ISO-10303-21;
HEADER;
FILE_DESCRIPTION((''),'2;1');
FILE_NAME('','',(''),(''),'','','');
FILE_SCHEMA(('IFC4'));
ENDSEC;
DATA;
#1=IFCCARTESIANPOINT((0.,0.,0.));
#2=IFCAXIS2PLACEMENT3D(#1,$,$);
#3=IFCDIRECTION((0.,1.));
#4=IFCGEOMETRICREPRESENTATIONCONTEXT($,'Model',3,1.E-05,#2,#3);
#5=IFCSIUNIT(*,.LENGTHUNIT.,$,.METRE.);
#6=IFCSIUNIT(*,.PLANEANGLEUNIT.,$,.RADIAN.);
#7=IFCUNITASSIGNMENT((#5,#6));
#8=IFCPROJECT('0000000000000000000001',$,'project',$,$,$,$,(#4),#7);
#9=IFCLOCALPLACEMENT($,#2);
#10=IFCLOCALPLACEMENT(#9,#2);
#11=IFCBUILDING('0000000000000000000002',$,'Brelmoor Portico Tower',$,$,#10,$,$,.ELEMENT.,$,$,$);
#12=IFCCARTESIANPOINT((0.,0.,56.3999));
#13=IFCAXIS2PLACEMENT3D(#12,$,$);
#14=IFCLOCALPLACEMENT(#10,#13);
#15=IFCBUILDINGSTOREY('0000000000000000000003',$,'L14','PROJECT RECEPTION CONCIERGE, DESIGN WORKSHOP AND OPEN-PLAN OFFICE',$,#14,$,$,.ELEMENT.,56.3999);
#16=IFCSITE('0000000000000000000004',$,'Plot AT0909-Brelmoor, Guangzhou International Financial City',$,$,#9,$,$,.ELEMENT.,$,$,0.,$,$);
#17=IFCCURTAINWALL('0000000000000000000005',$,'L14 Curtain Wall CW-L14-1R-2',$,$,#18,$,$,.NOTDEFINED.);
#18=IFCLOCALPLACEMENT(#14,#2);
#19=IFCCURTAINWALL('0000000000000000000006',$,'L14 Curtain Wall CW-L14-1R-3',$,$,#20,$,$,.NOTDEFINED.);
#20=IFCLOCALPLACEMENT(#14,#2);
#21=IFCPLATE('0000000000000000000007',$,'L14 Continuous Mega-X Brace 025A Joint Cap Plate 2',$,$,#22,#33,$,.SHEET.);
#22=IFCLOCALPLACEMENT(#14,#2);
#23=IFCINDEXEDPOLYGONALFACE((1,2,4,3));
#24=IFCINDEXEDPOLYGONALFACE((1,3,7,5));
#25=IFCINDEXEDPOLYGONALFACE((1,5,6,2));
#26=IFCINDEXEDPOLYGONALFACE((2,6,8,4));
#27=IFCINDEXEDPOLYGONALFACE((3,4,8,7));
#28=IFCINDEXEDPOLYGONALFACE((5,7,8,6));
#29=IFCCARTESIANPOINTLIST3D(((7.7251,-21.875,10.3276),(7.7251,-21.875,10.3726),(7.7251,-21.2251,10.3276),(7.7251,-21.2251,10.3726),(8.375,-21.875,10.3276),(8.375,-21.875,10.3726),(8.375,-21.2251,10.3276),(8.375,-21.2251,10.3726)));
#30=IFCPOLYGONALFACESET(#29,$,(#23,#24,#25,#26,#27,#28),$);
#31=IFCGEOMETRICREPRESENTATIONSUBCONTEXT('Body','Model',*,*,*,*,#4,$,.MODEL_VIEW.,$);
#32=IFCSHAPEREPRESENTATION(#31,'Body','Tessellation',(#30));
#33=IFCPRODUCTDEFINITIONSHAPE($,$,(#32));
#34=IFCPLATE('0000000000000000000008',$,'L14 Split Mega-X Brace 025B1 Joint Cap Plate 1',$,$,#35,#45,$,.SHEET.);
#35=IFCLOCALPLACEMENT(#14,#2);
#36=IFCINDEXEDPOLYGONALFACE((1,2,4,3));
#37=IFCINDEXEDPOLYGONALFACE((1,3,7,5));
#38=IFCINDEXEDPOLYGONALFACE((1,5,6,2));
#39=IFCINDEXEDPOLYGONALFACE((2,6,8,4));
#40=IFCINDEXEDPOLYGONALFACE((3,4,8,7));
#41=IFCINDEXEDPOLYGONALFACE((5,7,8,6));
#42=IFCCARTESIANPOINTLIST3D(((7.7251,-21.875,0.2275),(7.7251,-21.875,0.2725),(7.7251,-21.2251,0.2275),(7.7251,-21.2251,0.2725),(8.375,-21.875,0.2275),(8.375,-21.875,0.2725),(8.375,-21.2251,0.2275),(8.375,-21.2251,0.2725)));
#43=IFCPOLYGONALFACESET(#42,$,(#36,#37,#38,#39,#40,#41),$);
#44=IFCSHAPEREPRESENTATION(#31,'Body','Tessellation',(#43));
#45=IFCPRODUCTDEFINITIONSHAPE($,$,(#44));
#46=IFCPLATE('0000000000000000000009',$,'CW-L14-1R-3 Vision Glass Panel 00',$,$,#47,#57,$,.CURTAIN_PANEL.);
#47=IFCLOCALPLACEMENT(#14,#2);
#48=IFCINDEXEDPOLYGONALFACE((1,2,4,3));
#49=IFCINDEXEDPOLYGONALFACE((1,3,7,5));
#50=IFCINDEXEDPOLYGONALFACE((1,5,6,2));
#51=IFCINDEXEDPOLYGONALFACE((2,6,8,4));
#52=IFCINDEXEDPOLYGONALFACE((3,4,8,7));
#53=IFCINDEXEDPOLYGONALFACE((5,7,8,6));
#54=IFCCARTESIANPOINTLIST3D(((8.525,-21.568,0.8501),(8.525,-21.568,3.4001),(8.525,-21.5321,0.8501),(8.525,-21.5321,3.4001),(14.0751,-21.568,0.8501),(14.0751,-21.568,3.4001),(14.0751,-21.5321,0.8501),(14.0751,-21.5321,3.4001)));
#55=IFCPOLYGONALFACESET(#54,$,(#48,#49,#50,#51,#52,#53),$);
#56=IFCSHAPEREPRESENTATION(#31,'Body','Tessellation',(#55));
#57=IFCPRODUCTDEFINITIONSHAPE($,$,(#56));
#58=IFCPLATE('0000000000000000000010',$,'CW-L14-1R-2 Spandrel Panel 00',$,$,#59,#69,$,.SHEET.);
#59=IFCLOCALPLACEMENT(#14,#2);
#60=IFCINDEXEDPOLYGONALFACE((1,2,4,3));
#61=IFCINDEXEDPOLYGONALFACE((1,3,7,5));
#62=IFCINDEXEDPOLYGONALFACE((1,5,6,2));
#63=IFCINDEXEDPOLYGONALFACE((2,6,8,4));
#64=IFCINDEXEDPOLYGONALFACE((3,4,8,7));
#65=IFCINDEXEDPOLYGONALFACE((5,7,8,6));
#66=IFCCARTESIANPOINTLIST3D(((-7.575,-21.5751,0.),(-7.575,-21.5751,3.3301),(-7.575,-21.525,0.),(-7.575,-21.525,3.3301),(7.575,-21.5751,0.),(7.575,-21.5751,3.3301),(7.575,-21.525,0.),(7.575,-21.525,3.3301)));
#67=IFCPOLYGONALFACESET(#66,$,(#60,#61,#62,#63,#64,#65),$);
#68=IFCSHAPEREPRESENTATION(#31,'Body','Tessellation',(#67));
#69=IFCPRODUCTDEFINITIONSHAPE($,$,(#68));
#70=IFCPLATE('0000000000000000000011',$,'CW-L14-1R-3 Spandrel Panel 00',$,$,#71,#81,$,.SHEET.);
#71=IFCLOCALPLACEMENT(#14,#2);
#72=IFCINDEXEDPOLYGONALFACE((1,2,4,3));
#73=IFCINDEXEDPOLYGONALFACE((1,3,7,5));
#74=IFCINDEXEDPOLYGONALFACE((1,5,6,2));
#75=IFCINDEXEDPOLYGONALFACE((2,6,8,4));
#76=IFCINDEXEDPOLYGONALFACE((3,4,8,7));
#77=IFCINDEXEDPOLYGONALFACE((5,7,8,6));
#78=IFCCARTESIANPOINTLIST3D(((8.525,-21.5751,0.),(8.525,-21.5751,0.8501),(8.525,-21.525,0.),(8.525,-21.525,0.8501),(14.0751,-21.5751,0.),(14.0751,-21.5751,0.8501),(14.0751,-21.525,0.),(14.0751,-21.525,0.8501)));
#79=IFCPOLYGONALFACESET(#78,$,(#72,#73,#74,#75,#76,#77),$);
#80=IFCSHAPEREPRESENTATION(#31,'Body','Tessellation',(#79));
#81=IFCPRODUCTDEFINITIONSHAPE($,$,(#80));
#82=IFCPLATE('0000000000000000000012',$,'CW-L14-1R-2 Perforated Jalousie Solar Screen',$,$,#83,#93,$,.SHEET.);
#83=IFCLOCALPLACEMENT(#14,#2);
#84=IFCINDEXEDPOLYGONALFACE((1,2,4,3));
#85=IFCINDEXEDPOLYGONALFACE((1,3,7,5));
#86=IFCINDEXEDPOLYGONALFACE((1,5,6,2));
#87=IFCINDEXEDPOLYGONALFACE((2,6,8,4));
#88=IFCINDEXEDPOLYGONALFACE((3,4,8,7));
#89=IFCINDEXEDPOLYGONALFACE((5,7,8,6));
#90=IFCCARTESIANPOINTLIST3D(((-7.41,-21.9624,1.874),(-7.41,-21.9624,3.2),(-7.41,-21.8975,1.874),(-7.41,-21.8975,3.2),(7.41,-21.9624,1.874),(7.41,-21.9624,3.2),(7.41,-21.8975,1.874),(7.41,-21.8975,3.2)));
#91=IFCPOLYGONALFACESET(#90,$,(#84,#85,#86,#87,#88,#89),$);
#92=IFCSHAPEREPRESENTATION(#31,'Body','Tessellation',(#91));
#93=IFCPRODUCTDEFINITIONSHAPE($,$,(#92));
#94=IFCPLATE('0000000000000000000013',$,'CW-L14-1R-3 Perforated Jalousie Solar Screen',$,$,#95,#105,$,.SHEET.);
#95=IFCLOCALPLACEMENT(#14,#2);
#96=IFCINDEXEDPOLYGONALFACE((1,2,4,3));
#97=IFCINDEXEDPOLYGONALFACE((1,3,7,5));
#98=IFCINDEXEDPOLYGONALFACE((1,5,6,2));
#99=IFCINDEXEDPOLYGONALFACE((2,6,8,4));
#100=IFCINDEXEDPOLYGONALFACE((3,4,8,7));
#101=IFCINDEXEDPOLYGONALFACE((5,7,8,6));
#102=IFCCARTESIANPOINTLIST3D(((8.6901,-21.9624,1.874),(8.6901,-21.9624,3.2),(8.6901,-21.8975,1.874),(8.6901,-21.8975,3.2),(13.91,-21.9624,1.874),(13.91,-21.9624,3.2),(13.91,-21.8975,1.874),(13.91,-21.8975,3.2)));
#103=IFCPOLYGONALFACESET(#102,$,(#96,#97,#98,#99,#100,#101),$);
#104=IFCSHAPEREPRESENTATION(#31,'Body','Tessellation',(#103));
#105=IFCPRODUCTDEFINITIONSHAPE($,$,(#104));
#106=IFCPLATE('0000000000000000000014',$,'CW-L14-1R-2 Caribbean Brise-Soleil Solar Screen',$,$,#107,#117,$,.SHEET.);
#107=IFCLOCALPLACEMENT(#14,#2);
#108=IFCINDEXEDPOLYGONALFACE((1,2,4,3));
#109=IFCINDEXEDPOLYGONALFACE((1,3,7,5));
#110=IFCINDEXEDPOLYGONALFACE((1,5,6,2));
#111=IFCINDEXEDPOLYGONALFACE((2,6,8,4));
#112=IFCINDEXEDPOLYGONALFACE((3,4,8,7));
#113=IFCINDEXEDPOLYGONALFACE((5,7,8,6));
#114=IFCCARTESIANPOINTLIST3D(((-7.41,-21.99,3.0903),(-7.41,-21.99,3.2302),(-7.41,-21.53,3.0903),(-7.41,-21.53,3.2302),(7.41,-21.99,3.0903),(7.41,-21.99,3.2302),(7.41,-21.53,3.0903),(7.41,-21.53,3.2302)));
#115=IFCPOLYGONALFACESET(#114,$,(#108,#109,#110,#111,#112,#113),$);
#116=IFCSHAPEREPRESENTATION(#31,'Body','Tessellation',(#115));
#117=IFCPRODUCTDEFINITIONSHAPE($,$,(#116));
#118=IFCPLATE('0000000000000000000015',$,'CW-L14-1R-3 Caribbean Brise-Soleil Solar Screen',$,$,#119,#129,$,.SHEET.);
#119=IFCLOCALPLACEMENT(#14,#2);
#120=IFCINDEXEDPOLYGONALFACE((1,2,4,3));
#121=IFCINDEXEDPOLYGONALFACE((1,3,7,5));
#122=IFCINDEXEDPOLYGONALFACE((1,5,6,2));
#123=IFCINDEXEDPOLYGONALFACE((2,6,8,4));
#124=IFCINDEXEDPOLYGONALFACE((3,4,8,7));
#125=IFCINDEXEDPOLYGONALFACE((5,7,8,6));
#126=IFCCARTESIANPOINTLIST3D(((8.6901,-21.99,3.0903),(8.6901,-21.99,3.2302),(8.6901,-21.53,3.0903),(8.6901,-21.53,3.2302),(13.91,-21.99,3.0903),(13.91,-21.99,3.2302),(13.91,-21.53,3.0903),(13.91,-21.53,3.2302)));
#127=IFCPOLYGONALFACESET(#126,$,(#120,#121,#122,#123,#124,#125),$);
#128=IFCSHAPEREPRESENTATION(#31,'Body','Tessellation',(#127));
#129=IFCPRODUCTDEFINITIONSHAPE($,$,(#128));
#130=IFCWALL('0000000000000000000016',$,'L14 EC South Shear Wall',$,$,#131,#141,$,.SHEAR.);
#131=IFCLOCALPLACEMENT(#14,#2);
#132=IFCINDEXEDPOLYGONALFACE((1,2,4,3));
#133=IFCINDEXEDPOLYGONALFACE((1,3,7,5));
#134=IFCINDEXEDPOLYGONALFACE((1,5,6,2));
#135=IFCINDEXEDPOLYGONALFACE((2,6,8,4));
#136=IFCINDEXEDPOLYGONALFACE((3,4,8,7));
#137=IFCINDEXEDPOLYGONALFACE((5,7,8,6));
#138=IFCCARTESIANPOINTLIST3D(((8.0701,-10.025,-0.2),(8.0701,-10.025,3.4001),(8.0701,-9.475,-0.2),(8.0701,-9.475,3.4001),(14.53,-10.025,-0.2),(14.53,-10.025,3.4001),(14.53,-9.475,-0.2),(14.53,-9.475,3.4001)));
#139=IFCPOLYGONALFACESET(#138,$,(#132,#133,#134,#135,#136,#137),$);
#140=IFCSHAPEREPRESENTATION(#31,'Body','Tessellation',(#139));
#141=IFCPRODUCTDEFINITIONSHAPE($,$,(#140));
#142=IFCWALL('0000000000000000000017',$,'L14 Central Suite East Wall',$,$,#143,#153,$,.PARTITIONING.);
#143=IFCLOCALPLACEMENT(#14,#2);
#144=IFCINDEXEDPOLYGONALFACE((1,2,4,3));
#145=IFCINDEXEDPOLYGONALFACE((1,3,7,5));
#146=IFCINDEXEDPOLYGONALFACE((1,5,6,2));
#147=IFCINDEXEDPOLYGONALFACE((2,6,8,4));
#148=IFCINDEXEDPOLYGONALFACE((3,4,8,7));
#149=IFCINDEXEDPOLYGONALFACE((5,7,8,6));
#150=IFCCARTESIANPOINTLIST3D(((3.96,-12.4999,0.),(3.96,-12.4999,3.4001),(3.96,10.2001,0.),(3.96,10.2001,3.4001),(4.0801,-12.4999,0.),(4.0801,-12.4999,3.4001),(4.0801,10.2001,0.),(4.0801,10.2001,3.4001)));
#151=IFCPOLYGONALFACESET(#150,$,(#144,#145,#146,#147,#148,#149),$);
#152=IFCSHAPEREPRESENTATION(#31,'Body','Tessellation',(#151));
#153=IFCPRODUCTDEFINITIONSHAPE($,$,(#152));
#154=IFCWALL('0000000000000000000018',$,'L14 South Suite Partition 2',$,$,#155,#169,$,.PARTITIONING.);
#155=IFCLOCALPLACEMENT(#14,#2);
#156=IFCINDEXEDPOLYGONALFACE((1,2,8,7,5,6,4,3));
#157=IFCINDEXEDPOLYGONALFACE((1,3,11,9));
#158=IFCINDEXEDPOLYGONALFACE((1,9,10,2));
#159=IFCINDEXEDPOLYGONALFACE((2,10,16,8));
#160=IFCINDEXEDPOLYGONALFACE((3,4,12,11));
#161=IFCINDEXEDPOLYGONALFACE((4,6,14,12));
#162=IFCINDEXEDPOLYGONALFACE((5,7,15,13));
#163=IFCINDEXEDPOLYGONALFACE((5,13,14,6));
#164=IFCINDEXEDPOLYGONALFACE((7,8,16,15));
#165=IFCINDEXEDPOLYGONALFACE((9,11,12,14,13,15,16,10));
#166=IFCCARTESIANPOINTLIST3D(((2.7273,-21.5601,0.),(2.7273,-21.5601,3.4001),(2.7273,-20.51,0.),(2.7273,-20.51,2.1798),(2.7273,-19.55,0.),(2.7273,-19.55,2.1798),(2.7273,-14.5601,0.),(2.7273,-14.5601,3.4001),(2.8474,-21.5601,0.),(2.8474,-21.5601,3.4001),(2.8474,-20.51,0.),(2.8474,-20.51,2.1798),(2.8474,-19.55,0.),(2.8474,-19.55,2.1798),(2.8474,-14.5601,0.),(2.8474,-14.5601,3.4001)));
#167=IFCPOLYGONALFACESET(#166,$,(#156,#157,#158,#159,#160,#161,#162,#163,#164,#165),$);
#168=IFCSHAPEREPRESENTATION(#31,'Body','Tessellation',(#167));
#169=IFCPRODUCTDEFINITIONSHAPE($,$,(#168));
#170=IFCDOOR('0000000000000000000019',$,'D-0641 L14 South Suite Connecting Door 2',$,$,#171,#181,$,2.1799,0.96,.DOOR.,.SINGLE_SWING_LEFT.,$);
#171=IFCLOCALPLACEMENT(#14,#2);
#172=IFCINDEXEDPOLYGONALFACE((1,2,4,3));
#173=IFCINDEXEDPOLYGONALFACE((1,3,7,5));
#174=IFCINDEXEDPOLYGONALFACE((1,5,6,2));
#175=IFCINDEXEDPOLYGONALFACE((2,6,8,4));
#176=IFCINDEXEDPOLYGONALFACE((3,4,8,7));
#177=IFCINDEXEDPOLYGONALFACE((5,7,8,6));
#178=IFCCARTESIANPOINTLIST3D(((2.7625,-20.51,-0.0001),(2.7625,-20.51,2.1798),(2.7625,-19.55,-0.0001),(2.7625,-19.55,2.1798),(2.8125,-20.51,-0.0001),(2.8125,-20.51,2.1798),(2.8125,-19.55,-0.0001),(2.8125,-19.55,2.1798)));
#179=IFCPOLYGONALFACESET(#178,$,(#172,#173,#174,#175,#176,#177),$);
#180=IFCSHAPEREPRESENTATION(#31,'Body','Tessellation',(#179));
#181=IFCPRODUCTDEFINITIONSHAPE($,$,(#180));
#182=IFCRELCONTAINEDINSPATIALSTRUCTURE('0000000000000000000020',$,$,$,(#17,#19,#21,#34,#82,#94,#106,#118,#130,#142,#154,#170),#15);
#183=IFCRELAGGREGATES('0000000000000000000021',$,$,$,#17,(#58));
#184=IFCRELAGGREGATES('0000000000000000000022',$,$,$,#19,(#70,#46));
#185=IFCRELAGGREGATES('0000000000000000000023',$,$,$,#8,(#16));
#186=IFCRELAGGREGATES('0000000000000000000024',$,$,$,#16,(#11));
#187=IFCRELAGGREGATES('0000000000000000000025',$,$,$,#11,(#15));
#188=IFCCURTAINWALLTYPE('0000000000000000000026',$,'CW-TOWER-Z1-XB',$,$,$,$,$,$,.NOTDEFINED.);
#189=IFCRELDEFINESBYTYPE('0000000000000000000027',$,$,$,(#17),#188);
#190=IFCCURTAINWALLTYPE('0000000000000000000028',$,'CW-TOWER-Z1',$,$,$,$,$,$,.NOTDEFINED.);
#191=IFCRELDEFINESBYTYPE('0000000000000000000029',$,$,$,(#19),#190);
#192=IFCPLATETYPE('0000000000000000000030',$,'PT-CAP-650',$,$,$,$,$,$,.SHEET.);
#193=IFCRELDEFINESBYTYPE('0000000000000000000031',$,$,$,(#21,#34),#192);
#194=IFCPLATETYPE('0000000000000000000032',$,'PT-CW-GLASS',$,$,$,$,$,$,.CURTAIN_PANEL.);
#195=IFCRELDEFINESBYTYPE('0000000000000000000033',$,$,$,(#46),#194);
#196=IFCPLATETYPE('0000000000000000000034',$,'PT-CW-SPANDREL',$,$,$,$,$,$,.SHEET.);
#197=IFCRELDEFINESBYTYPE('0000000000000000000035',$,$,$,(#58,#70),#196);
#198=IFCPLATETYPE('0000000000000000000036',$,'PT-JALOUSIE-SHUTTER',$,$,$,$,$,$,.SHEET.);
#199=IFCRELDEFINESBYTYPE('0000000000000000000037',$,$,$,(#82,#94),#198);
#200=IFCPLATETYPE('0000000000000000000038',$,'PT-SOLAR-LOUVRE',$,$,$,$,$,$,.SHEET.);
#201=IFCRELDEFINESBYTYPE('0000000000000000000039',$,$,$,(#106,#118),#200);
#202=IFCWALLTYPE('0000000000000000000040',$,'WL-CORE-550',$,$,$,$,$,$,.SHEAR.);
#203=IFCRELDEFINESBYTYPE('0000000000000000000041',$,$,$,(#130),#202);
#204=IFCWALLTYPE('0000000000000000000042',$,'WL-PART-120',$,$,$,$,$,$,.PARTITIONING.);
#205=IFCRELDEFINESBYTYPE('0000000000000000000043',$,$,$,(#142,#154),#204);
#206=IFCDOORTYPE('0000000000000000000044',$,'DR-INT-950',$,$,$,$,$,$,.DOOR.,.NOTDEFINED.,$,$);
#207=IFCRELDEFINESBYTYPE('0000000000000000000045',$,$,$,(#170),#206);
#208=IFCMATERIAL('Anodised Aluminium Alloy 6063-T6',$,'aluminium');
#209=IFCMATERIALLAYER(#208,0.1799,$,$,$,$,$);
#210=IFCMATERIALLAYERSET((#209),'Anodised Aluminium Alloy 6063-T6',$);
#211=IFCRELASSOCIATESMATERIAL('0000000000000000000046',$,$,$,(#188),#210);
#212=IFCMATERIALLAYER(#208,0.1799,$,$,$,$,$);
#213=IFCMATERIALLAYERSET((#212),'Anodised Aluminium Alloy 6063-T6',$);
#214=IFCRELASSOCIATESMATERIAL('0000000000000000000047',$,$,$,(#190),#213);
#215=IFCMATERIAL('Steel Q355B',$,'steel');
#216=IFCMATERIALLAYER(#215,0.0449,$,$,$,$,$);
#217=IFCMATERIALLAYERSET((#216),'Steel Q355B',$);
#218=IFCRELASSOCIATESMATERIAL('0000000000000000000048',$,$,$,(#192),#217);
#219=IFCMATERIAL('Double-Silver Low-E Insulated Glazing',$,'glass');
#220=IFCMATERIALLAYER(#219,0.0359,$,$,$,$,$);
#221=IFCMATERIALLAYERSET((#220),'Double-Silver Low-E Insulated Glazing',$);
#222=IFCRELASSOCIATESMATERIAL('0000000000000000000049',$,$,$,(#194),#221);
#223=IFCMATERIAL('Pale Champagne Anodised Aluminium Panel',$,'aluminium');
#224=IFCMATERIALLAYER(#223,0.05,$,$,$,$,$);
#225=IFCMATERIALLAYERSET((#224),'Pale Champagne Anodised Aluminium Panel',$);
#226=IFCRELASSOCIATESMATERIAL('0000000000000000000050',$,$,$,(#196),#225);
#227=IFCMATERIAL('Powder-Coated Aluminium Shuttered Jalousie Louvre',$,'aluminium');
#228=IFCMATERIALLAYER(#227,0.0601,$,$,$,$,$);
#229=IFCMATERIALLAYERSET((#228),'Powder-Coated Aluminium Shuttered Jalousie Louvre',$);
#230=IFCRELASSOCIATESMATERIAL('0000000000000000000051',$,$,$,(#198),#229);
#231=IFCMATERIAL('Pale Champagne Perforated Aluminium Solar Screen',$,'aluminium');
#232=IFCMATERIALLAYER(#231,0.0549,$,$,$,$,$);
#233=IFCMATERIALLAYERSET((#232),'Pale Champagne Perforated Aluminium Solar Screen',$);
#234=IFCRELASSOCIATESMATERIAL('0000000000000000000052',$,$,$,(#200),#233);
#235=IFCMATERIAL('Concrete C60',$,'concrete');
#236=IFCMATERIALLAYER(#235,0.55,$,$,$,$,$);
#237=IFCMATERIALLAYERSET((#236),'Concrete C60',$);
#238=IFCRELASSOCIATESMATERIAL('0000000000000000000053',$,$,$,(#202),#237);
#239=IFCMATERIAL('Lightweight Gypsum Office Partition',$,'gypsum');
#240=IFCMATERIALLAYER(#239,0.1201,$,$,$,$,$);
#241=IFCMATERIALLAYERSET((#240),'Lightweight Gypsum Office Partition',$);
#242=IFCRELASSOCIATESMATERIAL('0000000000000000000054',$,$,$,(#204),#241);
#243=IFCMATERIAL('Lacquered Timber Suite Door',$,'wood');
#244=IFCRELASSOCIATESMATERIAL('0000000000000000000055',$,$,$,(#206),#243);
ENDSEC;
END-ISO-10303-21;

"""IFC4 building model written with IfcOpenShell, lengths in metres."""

from ifc_helpers import new_model, si_unit, direction, frame, frame_2d, origin, origin_2d, place, context, subcontext, project, spatial, rectangle, extrude, material, layer, layer_set, type_object, element, fill, aggregate, save


model = new_model("IFC4")

# Units and contexts
model_context = context("Model", 3, precision=1e-05, world=origin(), true_north=direction((0.0, 1.0)))
body_context = subcontext(model_context, "Body", "Model", "MODEL_VIEW")
ifc_project = project(units=[si_unit("LENGTHUNIT", "METRE"), si_unit("PLANEANGLEUNIT", "RADIAN")], contexts=[model_context])

# Site, building, storey
site_placement = place(None, origin())
site = spatial("IfcSite", under=ifc_project, at=site_placement, Name="Plot AT0909-Brelmoor, Guangzhou International Financial City", CompositionType="ELEMENT", RefElevation=0.0)
building_placement = place(site_placement, origin())
building = spatial("IfcBuilding", under=site, at=building_placement, Name="Brelmoor Portico Tower", CompositionType="ELEMENT")
storey_placement = place(building_placement, frame((0.0, 0.0, 56.3999)))
storey = spatial("IfcBuildingStorey", under=building, at=storey_placement, Name="L14", Description="PROJECT RECEPTION CONCIERGE, DESIGN WORKSHOP AND OPEN-PLAN OFFICE", CompositionType="ELEMENT", Elevation=56.3999)

# Shared definitions
ifc_material_1 = material(Name="Steel Q355B", Category="steel")

# Curtain wall
ifc_material_2 = material(Name="Anodised Aluminium Alloy 6063-T6", Category="aluminium")
ifc_layer_1 = layer(ifc_material_2, 0.1799)
ifc_layer_set_1 = layer_set([ifc_layer_1], Name="Anodised Aluminium Alloy 6063-T6")
curtain_wall_type_1 = type_object("IfcCurtainWallType", Name="CW-TOWER-Z1-XB", PredefinedType="NOTDEFINED", material=ifc_layer_set_1)
curtain_wall_1_placement = place(storey_placement, origin())
curtain_wall_1 = element("IfcCurtainWall", 1, at=curtain_wall_1_placement, inside=storey, type_object=curtain_wall_type_1, Name="L14 Curtain Wall CW-L14-1R-2", PredefinedType="NOTDEFINED")

# Curtain wall
ifc_layer_2 = layer(ifc_material_2, 0.1799)
ifc_layer_set_2 = layer_set([ifc_layer_2], Name="Anodised Aluminium Alloy 6063-T6")
curtain_wall_type_2 = type_object("IfcCurtainWallType", Name="CW-TOWER-Z1", PredefinedType="NOTDEFINED", material=ifc_layer_set_2)
curtain_wall_2_placement = place(storey_placement, origin())
curtain_wall_2 = element("IfcCurtainWall", 2, at=curtain_wall_2_placement, inside=storey, type_object=curtain_wall_type_2, Name="L14 Curtain Wall CW-L14-1R-3", PredefinedType="NOTDEFINED")

# Plates
ifc_layer_3 = layer(ifc_material_1, 0.0449)
ifc_layer_set_3 = layer_set([ifc_layer_3], Name="Steel Q355B")
plate_type_1 = type_object("IfcPlateType", Name="PT-CAP-650", PredefinedType="SHEET", material=ifc_layer_set_3)
for number, where, z_axis, x_axis, name in (
    (3, (8.05, -21.55, 10.3276), (0.0, 0.0, 1.0), (1.0, 0.0, 0.0), "L14 Continuous Mega-X Brace 025A Joint Cap Plate 2"),
    (4, (8.05, -21.55, 0.2275), (0.0, 0.0, 1.0), (1.0, 0.0, 0.0), "L14 Split Mega-X Brace 025B1 Joint Cap Plate 1"),
):
    element("IfcPlate", number, at=place(storey_placement, frame(where, z_axis=z_axis, x_axis=x_axis)), inside=storey, type_object=plate_type_1, Name=name, PredefinedType="SHEET", context=body_context, shape_type="SweptSolid", body=[
        extrude(rectangle(XDim=0.6499, YDim=0.6499, at=origin_2d()), origin(), (0.0, 0.0, 1.0), 0.0449),
    ])

# Plates
ifc_material_3 = material(Name="Double-Silver Low-E Insulated Glazing", Category="glass")
ifc_layer_4 = layer(ifc_material_3, 0.0359)
ifc_layer_set_4 = layer_set([ifc_layer_4], Name="Double-Silver Low-E Insulated Glazing")
plate_type_2 = type_object("IfcPlateType", Name="PT-CW-GLASS", PredefinedType="CURTAIN_PANEL", material=ifc_layer_set_4)
plate_1_placement = place(storey_placement, frame((11.3, -21.55, 0.8501), z_axis=(0.0, 0.0, 1.0), x_axis=(1.0, 0.0, 0.0)))
plate_1 = element("IfcPlate", 5, at=plate_1_placement, type_object=plate_type_2, Name="CW-L14-1R-3 Vision Glass Panel 00", PredefinedType="CURTAIN_PANEL", context=body_context, shape_type="SweptSolid", body=[
    extrude(rectangle(XDim=5.55, YDim=0.0359, at=origin_2d()), origin(), (0.0, 0.0, 1.0), 2.55),
])
ifc_material_4 = material(Name="Pale Champagne Anodised Aluminium Panel", Category="aluminium")
ifc_layer_5 = layer(ifc_material_4, 0.05)
ifc_layer_set_5 = layer_set([ifc_layer_5], Name="Pale Champagne Anodised Aluminium Panel")
plate_type_3 = type_object("IfcPlateType", Name="PT-CW-SPANDREL", PredefinedType="SHEET", material=ifc_layer_set_5)
plate_2_placement = place(storey_placement, frame((0.0, -21.55, 0.0), z_axis=(0.0, 0.0, 1.0), x_axis=(1.0, 0.0, 0.0)))
plate_2 = element("IfcPlate", 6, at=plate_2_placement, type_object=plate_type_3, Name="CW-L14-1R-2 Spandrel Panel 00", PredefinedType="SHEET", context=body_context, shape_type="SweptSolid", body=[
    extrude(rectangle(XDim=15.1499, YDim=0.05, at=origin_2d()), origin(), (0.0, 0.0, 1.0), 3.3301),
])
aggregate(curtain_wall_1, [plate_2])
plate_3_placement = place(storey_placement, frame((11.3, -21.55, 0.0), z_axis=(0.0, 0.0, 1.0), x_axis=(1.0, 0.0, 0.0)))
plate_3 = element("IfcPlate", 7, at=plate_3_placement, type_object=plate_type_3, Name="CW-L14-1R-3 Spandrel Panel 00", PredefinedType="SHEET", context=body_context, shape_type="SweptSolid", body=[
    extrude(rectangle(XDim=5.55, YDim=0.05, at=origin_2d()), origin(), (0.0, 0.0, 1.0), 0.8501),
])
aggregate(curtain_wall_2, [plate_3, plate_1])

# Plates
ifc_material_5 = material(Name="Powder-Coated Aluminium Shuttered Jalousie Louvre", Category="aluminium")
ifc_layer_6 = layer(ifc_material_5, 0.0601)
ifc_layer_set_6 = layer_set([ifc_layer_6], Name="Powder-Coated Aluminium Shuttered Jalousie Louvre")
plate_type_4 = type_object("IfcPlateType", Name="PT-JALOUSIE-SHUTTER", PredefinedType="SHEET", material=ifc_layer_set_6)
plate_4_placement = place(storey_placement, frame((0.0, -21.9299, 1.874), z_axis=(0.0, 0.0, 1.0), x_axis=(1.0, 0.0, 0.0)))
element("IfcPlate", 8, at=plate_4_placement, inside=storey, type_object=plate_type_4, Name="CW-L14-1R-2 Perforated Jalousie Solar Screen", PredefinedType="SHEET", context=body_context, shape_type="SweptSolid", body=[
    extrude(rectangle(XDim=14.8201, YDim=0.0649, at=origin_2d()), origin(), (0.0, 0.0, 1.0), 1.3259),
])
plate_5_placement = place(storey_placement, frame((11.3, -21.9299, 1.874), z_axis=(0.0, 0.0, 1.0), x_axis=(1.0, 0.0, 0.0)))
element("IfcPlate", 9, at=plate_5_placement, inside=storey, type_object=plate_type_4, Name="CW-L14-1R-3 Perforated Jalousie Solar Screen", PredefinedType="SHEET", context=body_context, shape_type="SweptSolid", body=[
    extrude(rectangle(XDim=5.22, YDim=0.0649, at=origin_2d()), origin(), (0.0, 0.0, 1.0), 1.3259),
])
ifc_material_6 = material(Name="Pale Champagne Perforated Aluminium Solar Screen", Category="aluminium")
ifc_layer_7 = layer(ifc_material_6, 0.0549)
ifc_layer_set_7 = layer_set([ifc_layer_7], Name="Pale Champagne Perforated Aluminium Solar Screen")
plate_type_5 = type_object("IfcPlateType", Name="PT-SOLAR-LOUVRE", PredefinedType="SHEET", material=ifc_layer_set_7)
plate_6_placement = place(storey_placement, frame((0.0, -21.76, 3.0903), z_axis=(0.0, 0.0, 1.0), x_axis=(1.0, 0.0, 0.0)))
element("IfcPlate", 10, at=plate_6_placement, inside=storey, type_object=plate_type_5, Name="CW-L14-1R-2 Caribbean Brise-Soleil Solar Screen", PredefinedType="SHEET", context=body_context, shape_type="SweptSolid", body=[
    extrude(rectangle(XDim=14.8201, YDim=0.46, at=origin_2d()), origin(), (0.0, 0.0, 1.0), 0.1399),
])
plate_7_placement = place(storey_placement, frame((11.3, -21.76, 3.0903), z_axis=(0.0, 0.0, 1.0), x_axis=(1.0, 0.0, 0.0)))
element("IfcPlate", 11, at=plate_7_placement, inside=storey, type_object=plate_type_5, Name="CW-L14-1R-3 Caribbean Brise-Soleil Solar Screen", PredefinedType="SHEET", context=body_context, shape_type="SweptSolid", body=[
    extrude(rectangle(XDim=5.22, YDim=0.46, at=origin_2d()), origin(), (0.0, 0.0, 1.0), 0.1399),
])

# Walls
ifc_material_7 = material(Name="Concrete C60", Category="concrete")
ifc_layer_8 = layer(ifc_material_7, 0.55)
ifc_layer_set_8 = layer_set([ifc_layer_8], Name="Concrete C60")
wall_type_1 = type_object("IfcWallType", Name="WL-CORE-550", PredefinedType="SHEAR", material=ifc_layer_set_8)
wall_1_placement = place(storey_placement, frame((8.0701, -9.75, -0.2), z_axis=(0.0, 0.0, 1.0), x_axis=(1.0, 0.0, 0.0)))
element("IfcWall", 12, at=wall_1_placement, inside=storey, type_object=wall_type_1, Name="L14 EC South Shear Wall", PredefinedType="SHEAR", context=body_context, shape_type="SweptSolid", body=[
    extrude(rectangle(XDim=6.46, YDim=0.55, at=frame_2d((3.23, 0.0))), origin(), (0.0, 0.0, 1.0), 3.6001),
])
ifc_material_8 = material(Name="Lightweight Gypsum Office Partition", Category="gypsum")
ifc_layer_9 = layer(ifc_material_8, 0.1201)
ifc_layer_set_9 = layer_set([ifc_layer_9], Name="Lightweight Gypsum Office Partition")
wall_type_2 = type_object("IfcWallType", Name="WL-PART-120", PredefinedType="PARTITIONING", material=ifc_layer_set_9)
wall_2_placement = place(storey_placement, frame((4.02, -12.5, 0.0), z_axis=(0.0, 0.0, 1.0), x_axis=(0.0, 1.0, 0.0)))
element("IfcWall", 13, at=wall_2_placement, inside=storey, type_object=wall_type_2, Name="L14 Central Suite East Wall", PredefinedType="PARTITIONING", context=body_context, shape_type="SweptSolid", body=[
    extrude(rectangle(XDim=22.7, YDim=0.1201, at=frame_2d((11.3501, 0.0))), origin(), (0.0, 0.0, 1.0), 3.4001),
])

# Wall, opening, door
wall_3_placement = place(storey_placement, frame((2.7874, -21.5601, 0.0), z_axis=(0.0, 0.0, 1.0), x_axis=(0.0, 1.0, 0.0)))
wall_3 = element("IfcWall", 14, at=wall_3_placement, inside=storey, type_object=wall_type_2, Name="L14 South Suite Partition 2", PredefinedType="PARTITIONING", context=body_context, shape_type="SweptSolid", body=[
    extrude(rectangle(XDim=7.0, YDim=0.1201, at=frame_2d((3.5, 0.0))), origin(), (0.0, 0.0, 1.0), 3.4001),
])
opening_1_placement = place(wall_3_placement, frame((1.05, 0.0, 0.0)))
opening_1 = element("IfcOpeningElement", 15, at=opening_1_placement, cuts=wall_3, PredefinedType="OPENING", context=body_context, shape_type="SweptSolid", body=[
    extrude(rectangle(XDim=0.96, YDim=2.1799, at=frame_2d((0.48, 1.0898))), frame((0.0, 0.0701, 0.0), z_axis=(0.0, -1.0, 0.0), x_axis=(1.0, 0.0, 0.0)), (0.0, 0.0, 1.0), 0.1401),
])
ifc_material_9 = material(Name="Lacquered Timber Suite Door", Category="wood")
door_type = type_object("IfcDoorType", Name="DR-INT-950", OperationType="NOTDEFINED", PredefinedType="DOOR", material=ifc_material_9)
door_1_placement = place(opening_1_placement, origin())
door_1 = element("IfcDoor", 16, at=door_1_placement, inside=storey, type_object=door_type, Name="D-0641 L14 South Suite Connecting Door 2", OperationType="SINGLE_SWING_LEFT", OverallHeight=2.1799, OverallWidth=0.96, PredefinedType="DOOR", context=body_context, shape_type="SweptSolid", body=[
    extrude(rectangle(XDim=0.96, YDim=2.1799, at=frame_2d((0.48, 1.0898))), frame((0.0, 0.0249, 0.0), z_axis=(0.0, -1.0, 0.0), x_axis=(1.0, 0.0, 0.0)), (0.0, 0.0, 1.0), 0.05),
])
fill(opening_1, door_1)

save(model, "model.ifc")
